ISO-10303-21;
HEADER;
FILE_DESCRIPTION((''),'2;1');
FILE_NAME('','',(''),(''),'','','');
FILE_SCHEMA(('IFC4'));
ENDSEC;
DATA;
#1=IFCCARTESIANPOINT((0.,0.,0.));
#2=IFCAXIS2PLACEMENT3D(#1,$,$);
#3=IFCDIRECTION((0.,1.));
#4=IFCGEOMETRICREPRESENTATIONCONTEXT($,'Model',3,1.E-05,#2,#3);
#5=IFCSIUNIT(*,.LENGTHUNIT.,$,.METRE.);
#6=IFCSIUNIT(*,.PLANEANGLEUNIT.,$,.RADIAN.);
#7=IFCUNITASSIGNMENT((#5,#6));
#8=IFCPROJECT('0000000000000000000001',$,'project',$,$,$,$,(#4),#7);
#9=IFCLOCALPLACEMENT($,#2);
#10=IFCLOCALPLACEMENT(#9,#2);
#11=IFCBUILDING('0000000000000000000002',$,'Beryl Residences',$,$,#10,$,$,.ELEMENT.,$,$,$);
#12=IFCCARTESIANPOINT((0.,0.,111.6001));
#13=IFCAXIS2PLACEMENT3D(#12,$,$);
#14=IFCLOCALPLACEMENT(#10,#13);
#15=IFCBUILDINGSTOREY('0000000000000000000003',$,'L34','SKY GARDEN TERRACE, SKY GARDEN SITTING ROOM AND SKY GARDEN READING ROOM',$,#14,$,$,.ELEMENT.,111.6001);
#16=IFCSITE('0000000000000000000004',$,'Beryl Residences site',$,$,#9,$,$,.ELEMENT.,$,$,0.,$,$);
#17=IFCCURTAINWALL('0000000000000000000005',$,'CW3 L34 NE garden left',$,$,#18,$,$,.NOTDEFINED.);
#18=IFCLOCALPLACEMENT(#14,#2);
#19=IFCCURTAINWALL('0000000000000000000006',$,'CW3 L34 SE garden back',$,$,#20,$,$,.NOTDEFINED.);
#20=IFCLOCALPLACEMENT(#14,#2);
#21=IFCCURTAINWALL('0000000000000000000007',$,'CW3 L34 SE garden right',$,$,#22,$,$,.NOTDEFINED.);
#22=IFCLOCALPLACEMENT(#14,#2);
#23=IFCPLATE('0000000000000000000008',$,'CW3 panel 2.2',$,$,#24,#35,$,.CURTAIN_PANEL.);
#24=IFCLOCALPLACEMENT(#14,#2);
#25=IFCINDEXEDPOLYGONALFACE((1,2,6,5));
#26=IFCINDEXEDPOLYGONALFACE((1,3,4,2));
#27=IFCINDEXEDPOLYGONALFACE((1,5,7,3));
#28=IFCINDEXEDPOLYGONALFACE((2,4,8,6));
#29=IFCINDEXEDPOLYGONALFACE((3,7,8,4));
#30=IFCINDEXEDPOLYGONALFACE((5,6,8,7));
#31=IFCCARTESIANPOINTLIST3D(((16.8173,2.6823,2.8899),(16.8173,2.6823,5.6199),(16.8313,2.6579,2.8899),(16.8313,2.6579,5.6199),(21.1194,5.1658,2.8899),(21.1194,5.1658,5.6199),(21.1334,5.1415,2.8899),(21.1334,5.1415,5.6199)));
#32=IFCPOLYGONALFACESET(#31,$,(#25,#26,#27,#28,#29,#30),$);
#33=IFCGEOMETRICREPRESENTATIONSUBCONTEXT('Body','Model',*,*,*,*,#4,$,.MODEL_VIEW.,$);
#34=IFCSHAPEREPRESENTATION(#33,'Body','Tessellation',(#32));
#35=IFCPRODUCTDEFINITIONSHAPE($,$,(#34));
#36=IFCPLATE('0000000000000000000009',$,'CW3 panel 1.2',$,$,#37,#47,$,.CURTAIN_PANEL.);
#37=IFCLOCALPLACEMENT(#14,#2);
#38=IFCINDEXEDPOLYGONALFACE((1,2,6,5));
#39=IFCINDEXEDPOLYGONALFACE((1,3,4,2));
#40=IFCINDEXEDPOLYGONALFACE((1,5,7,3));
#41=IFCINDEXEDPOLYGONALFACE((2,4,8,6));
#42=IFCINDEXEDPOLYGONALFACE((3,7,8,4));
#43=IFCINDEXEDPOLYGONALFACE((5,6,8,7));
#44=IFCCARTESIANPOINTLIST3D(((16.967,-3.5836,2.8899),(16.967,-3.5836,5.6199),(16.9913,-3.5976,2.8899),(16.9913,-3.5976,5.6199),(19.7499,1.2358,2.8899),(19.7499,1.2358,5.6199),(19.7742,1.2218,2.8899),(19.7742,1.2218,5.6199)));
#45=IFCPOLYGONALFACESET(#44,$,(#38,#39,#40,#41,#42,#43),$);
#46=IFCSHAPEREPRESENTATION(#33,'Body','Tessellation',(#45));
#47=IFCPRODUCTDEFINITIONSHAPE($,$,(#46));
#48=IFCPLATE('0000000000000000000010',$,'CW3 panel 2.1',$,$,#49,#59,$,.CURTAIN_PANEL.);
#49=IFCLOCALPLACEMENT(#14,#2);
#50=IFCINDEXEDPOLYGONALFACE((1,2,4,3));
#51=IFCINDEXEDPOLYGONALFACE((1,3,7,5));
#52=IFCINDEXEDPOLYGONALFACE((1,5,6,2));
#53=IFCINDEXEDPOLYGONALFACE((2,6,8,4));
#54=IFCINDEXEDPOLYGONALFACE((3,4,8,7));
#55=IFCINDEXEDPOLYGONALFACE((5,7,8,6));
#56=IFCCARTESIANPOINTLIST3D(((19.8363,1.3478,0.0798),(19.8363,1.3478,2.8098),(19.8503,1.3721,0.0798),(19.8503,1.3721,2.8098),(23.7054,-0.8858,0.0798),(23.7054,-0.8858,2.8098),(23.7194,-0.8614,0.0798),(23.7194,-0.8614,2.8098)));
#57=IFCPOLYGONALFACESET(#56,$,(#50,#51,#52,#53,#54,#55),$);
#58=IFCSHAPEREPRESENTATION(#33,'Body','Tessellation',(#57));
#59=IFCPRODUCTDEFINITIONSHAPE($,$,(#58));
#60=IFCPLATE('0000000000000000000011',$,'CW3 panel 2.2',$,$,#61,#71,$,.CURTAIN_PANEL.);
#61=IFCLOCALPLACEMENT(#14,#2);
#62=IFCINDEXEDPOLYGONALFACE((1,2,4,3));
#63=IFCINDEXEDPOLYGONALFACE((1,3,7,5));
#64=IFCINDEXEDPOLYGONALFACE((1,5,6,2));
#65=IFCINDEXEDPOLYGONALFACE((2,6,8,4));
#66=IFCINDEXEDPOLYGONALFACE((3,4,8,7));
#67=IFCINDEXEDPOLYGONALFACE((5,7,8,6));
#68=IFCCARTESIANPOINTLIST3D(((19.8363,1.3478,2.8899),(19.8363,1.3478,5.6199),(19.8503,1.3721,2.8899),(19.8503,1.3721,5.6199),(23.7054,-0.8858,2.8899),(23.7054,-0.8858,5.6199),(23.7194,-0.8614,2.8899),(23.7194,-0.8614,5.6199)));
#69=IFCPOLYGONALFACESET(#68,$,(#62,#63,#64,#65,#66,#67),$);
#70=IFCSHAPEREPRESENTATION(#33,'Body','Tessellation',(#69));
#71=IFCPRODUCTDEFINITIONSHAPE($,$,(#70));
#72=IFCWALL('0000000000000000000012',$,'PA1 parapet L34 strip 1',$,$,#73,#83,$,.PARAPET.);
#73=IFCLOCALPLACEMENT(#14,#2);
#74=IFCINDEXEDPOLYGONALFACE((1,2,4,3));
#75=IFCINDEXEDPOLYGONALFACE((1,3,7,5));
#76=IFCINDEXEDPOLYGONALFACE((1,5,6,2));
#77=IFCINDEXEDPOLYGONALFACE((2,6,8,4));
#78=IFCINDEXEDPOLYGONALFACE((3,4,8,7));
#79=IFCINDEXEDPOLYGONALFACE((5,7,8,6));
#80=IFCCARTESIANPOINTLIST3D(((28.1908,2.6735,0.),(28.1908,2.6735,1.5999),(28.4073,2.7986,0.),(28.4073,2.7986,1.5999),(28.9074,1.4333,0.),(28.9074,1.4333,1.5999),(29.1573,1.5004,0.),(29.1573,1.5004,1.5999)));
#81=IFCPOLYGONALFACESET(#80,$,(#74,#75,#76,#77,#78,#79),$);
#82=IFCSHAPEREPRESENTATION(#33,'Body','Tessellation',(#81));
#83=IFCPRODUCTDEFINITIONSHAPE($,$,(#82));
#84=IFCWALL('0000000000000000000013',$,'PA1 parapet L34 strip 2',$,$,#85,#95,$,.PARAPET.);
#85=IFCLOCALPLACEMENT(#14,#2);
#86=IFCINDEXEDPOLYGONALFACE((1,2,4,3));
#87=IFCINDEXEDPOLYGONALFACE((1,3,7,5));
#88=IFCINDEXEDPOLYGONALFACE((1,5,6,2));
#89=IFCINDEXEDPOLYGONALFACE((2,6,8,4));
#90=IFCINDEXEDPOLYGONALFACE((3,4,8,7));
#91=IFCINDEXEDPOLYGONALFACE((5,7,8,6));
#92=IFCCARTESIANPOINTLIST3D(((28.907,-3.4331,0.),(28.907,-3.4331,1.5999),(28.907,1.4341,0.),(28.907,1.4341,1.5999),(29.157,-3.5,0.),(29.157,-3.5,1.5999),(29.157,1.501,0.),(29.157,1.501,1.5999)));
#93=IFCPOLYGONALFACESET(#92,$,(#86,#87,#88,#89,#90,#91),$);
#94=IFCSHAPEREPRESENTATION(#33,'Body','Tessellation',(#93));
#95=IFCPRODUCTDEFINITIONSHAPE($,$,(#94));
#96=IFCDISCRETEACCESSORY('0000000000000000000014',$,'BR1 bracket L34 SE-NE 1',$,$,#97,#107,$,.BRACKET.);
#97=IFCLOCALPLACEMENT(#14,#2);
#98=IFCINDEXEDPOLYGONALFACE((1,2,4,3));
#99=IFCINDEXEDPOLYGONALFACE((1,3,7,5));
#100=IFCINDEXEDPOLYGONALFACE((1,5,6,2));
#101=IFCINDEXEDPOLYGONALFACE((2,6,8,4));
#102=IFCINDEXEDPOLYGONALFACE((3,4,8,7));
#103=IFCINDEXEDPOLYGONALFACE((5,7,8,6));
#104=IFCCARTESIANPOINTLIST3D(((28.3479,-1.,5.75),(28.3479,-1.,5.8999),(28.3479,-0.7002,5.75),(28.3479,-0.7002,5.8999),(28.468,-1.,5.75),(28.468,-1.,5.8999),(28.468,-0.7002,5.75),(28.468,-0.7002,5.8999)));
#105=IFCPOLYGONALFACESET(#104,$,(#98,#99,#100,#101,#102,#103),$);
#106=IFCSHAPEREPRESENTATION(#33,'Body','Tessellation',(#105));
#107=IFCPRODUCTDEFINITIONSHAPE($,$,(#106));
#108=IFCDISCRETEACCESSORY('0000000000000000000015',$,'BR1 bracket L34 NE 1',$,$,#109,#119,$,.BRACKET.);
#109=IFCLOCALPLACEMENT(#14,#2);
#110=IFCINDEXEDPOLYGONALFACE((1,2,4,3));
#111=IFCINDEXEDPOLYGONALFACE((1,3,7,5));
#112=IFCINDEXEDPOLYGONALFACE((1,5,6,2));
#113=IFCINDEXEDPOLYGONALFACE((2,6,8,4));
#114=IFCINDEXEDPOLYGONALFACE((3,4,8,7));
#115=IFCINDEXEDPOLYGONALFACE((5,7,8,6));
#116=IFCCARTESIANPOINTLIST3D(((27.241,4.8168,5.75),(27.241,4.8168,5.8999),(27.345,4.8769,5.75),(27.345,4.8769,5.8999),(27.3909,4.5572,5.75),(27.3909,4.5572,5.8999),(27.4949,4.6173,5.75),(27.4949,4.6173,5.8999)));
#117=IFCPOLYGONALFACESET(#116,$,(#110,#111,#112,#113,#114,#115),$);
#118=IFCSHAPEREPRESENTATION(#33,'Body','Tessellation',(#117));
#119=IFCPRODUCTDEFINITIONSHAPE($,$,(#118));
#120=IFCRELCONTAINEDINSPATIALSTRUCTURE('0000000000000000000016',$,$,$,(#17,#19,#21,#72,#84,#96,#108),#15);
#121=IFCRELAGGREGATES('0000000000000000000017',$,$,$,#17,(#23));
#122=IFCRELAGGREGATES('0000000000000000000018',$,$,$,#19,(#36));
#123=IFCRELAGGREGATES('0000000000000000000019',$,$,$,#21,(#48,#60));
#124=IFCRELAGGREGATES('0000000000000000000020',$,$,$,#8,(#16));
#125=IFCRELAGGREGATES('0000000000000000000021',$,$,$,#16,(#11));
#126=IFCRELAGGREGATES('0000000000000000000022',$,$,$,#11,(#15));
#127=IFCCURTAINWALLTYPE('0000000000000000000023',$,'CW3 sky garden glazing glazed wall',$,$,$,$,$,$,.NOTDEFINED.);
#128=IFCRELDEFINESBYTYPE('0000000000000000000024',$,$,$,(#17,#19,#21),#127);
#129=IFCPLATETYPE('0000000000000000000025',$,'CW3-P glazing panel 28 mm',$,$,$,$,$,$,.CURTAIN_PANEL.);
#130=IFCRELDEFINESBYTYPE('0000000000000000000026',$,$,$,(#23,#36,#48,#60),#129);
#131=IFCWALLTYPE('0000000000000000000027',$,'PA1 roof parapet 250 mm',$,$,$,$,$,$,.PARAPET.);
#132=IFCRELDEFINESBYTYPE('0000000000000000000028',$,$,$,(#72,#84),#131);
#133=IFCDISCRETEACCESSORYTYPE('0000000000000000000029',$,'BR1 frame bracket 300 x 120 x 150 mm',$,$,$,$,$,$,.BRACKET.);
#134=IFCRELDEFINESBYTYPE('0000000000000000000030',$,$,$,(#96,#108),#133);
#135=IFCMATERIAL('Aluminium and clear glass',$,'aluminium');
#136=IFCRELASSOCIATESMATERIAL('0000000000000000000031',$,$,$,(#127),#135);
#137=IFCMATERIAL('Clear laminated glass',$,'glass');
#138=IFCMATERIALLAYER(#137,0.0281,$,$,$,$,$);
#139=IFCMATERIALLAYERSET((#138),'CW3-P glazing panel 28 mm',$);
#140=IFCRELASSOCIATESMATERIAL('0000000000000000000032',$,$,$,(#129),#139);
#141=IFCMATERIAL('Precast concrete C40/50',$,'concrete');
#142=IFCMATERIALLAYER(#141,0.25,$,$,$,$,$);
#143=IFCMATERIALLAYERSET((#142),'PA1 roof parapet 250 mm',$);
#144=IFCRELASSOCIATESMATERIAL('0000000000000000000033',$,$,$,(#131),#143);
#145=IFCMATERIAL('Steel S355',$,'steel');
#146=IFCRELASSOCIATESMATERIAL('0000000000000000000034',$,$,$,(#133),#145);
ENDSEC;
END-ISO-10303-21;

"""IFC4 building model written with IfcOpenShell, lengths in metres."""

from ifc_helpers import new_model, si_unit, direction, frame, origin, origin_2d, place, context, subcontext, project, spatial, polyline, rectangle, outline, extrude, source, transform, mapped, material, layer, layer_set, type_object, type_shapes, element, aggregate, save


model = new_model("IFC4")

# Units and contexts
model_context = context("Model", 3, precision=1e-05, world=origin(), true_north=direction((0.0, 1.0)))
body_context = subcontext(model_context, "Body", "Model", "MODEL_VIEW")
ifc_project = project(units=[si_unit("LENGTHUNIT", "METRE"), si_unit("PLANEANGLEUNIT", "RADIAN")], contexts=[model_context])

# Site, building, storey
site_placement = place(None, origin())
site = spatial("IfcSite", under=ifc_project, at=site_placement, Name="Beryl Residences site", CompositionType="ELEMENT", RefElevation=0.0)
building_placement = place(site_placement, origin())
building = spatial("IfcBuilding", under=site, at=building_placement, Name="Beryl Residences", CompositionType="ELEMENT")
storey_placement = place(building_placement, frame((0.0, 0.0, 111.6001)))
storey = spatial("IfcBuildingStorey", under=building, at=storey_placement, Name="L34", Description="SKY GARDEN TERRACE, SKY GARDEN SITTING ROOM AND SKY GARDEN READING ROOM", CompositionType="ELEMENT", Elevation=111.6001)

# Shared definitions
ifc_material_1 = material(Name="Aluminium and clear glass", Category="aluminium")
curtain_wall_type = type_object("IfcCurtainWallType", Name="CW3 sky garden glazing glazed wall", PredefinedType="NOTDEFINED", material=ifc_material_1)

# Curtain wall
curtain_wall_1_placement = place(storey_placement, origin())
curtain_wall_1 = element("IfcCurtainWall", 1, at=curtain_wall_1_placement, inside=storey, type_object=curtain_wall_type, Name="CW3 L34 NE garden left", PredefinedType="NOTDEFINED")

# Curtain wall
curtain_wall_2_placement = place(storey_placement, origin())
curtain_wall_2 = element("IfcCurtainWall", 2, at=curtain_wall_2_placement, inside=storey, type_object=curtain_wall_type, Name="CW3 L34 SE garden back", PredefinedType="NOTDEFINED")

# Curtain wall
curtain_wall_3_placement = place(storey_placement, origin())
curtain_wall_3 = element("IfcCurtainWall", 3, at=curtain_wall_3_placement, inside=storey, type_object=curtain_wall_type, Name="CW3 L34 SE garden right", PredefinedType="NOTDEFINED")

# Plates
ifc_material_2 = material(Name="Clear laminated glass", Category="glass")
ifc_layer_1 = layer(ifc_material_2, 0.0281)
ifc_layer_set_1 = layer_set([ifc_layer_1], Name="CW3-P glazing panel 28 mm")
plate_type = type_object("IfcPlateType", Name="CW3-P glazing panel 28 mm", PredefinedType="CURTAIN_PANEL", material=ifc_layer_set_1)
plate_1_placement = place(storey_placement, frame((18.9753, 3.9119, 2.8899), z_axis=(0.0, 0.0, 1.0), x_axis=(-0.866051, -0.499955, 0.0)))
plate_1 = element("IfcPlate", 4, at=plate_1_placement, type_object=plate_type, Name="CW3 panel 2.2", PredefinedType="CURTAIN_PANEL", context=body_context, shape_type="SweptSolid", body=[
    extrude(rectangle(XDim=4.9675, YDim=0.0281, at=origin_2d()), origin(), (0.0, 0.0, 1.0), 2.73),
])
aggregate(curtain_wall_1, [plate_1])
plate_2_placement = place(storey_placement, frame((18.3706, -1.1809, 2.8899), z_axis=(0.0, 0.0, 1.0), x_axis=(0.500065, 0.865988, 0.0)))
plate_2 = element("IfcPlate", 5, at=plate_2_placement, type_object=plate_type, Name="CW3 panel 1.2", PredefinedType="CURTAIN_PANEL", context=body_context, shape_type="SweptSolid", body=[
    extrude(rectangle(XDim=5.5652, YDim=0.0281, at=origin_2d()), origin(), (0.0, 0.0, 1.0), 2.73),
])
aggregate(curtain_wall_2, [plate_2])
plate_3_placement = place(storey_placement, frame((21.7778, 0.2432, 0.0798), z_axis=(0.0, 0.0, 1.0), x_axis=(-0.866055, 0.499949, 0.0)))
plate_3 = element("IfcPlate", 6, at=plate_3_placement, type_object=plate_type, Name="CW3 panel 2.1", PredefinedType="CURTAIN_PANEL", context=body_context, shape_type="SweptSolid", body=[
    extrude(rectangle(XDim=4.4675, YDim=0.0281, at=origin_2d()), origin(), (0.0, 0.0, 1.0), 2.73),
])
plate_4_placement = place(storey_placement, frame((21.7778, 0.2432, 2.8899), z_axis=(0.0, 0.0, 1.0), x_axis=(-0.866055, 0.499949, 0.0)))
plate_4 = element("IfcPlate", 7, at=plate_4_placement, type_object=plate_type, Name="CW3 panel 2.2", PredefinedType="CURTAIN_PANEL", context=body_context, shape_type="SweptSolid", body=[
    extrude(rectangle(XDim=4.4675, YDim=0.0281, at=origin_2d()), origin(), (0.0, 0.0, 1.0), 2.73),
])
aggregate(curtain_wall_3, [plate_3, plate_4])

# Walls
ifc_material_3 = material(Name="Precast concrete C40/50", Category="concrete")
ifc_layer_2 = layer(ifc_material_3, 0.25)
ifc_layer_set_2 = layer_set([ifc_layer_2], Name="PA1 roof parapet 250 mm")
wall_type = type_object("IfcWallType", Name="PA1 roof parapet 250 mm", PredefinedType="PARAPET", material=ifc_layer_set_2)
wall_1_placement = place(storey_placement, frame((28.2991, 2.7361, 0.0), z_axis=(0.0, 0.0, 1.0), x_axis=(0.500272, -0.865868, 0.0)))
element("IfcWall", 8, at=wall_1_placement, inside=storey, type_object=wall_type, Name="PA1 parapet L34 strip 1", PredefinedType="PARAPET", context=body_context, shape_type="SweptSolid", body=[
    extrude(outline(polyline([(0.0, -0.125), (1.4324, -0.125), (1.4993, 0.125), (0.0, 0.125), (0.0, -0.125)])), origin(), (0.0, 0.0, 1.0), 1.5999),
])
wall_2_placement = place(storey_placement, frame((29.032, 1.501, 0.0), z_axis=(0.0, 0.0, 1.0), x_axis=(0.0, -1.0, 0.0)))
element("IfcWall", 9, at=wall_2_placement, inside=storey, type_object=wall_type, Name="PA1 parapet L34 strip 2", PredefinedType="PARAPET", context=body_context, shape_type="SweptSolid", body=[
    extrude(outline(polyline([(0.0669, -0.125), (4.9341, -0.125), (5.001, 0.125), (0.0, 0.125), (0.0669, -0.125)])), origin(), (0.0, 0.0, 1.0), 1.5999),
])

# Discrete accessories
ifc_material_4 = material(Name="Steel S355", Category="steel")
discrete_accessory_type = type_object("IfcDiscreteAccessoryType", Name="BR1 frame bracket 300 x 120 x 150 mm", PredefinedType="BRACKET", material=ifc_material_4)
shared_shape_1 = source(origin(), body_context, "Body", "SweptSolid", [
    extrude(outline(polyline([(-0.1499, 0.0), (0.1499, 0.0), (0.1499, 0.1201), (-0.1499, 0.1201), (-0.1499, 0.0)])), origin(), (0.0, 0.0, 1.0), 0.1499),
])
type_shapes(discrete_accessory_type, [shared_shape_1])
for number, where, z_axis, x_axis, name in (
    (10, (28.3479, -0.8501, 5.75), (0.0, 0.0, 1.0), (0.0, -1.0, 0.0), "BR1 bracket L34 SE-NE 1"),
    (11, (27.3159, 4.687, 5.75), (0.0, 0.0, 1.0), (0.5, -0.866025, 0.0), "BR1 bracket L34 NE 1"),
):
    element("IfcDiscreteAccessory", number, at=place(storey_placement, frame(where, z_axis=z_axis, x_axis=x_axis)), inside=storey, type_object=discrete_accessory_type, Name=name, PredefinedType="BRACKET", context=body_context, shape_type="MappedRepresentation", body=[
        mapped(shared_shape_1, transform((0.0, 0.0, 0.0))),
    ])

save(model, "model.ifc")
